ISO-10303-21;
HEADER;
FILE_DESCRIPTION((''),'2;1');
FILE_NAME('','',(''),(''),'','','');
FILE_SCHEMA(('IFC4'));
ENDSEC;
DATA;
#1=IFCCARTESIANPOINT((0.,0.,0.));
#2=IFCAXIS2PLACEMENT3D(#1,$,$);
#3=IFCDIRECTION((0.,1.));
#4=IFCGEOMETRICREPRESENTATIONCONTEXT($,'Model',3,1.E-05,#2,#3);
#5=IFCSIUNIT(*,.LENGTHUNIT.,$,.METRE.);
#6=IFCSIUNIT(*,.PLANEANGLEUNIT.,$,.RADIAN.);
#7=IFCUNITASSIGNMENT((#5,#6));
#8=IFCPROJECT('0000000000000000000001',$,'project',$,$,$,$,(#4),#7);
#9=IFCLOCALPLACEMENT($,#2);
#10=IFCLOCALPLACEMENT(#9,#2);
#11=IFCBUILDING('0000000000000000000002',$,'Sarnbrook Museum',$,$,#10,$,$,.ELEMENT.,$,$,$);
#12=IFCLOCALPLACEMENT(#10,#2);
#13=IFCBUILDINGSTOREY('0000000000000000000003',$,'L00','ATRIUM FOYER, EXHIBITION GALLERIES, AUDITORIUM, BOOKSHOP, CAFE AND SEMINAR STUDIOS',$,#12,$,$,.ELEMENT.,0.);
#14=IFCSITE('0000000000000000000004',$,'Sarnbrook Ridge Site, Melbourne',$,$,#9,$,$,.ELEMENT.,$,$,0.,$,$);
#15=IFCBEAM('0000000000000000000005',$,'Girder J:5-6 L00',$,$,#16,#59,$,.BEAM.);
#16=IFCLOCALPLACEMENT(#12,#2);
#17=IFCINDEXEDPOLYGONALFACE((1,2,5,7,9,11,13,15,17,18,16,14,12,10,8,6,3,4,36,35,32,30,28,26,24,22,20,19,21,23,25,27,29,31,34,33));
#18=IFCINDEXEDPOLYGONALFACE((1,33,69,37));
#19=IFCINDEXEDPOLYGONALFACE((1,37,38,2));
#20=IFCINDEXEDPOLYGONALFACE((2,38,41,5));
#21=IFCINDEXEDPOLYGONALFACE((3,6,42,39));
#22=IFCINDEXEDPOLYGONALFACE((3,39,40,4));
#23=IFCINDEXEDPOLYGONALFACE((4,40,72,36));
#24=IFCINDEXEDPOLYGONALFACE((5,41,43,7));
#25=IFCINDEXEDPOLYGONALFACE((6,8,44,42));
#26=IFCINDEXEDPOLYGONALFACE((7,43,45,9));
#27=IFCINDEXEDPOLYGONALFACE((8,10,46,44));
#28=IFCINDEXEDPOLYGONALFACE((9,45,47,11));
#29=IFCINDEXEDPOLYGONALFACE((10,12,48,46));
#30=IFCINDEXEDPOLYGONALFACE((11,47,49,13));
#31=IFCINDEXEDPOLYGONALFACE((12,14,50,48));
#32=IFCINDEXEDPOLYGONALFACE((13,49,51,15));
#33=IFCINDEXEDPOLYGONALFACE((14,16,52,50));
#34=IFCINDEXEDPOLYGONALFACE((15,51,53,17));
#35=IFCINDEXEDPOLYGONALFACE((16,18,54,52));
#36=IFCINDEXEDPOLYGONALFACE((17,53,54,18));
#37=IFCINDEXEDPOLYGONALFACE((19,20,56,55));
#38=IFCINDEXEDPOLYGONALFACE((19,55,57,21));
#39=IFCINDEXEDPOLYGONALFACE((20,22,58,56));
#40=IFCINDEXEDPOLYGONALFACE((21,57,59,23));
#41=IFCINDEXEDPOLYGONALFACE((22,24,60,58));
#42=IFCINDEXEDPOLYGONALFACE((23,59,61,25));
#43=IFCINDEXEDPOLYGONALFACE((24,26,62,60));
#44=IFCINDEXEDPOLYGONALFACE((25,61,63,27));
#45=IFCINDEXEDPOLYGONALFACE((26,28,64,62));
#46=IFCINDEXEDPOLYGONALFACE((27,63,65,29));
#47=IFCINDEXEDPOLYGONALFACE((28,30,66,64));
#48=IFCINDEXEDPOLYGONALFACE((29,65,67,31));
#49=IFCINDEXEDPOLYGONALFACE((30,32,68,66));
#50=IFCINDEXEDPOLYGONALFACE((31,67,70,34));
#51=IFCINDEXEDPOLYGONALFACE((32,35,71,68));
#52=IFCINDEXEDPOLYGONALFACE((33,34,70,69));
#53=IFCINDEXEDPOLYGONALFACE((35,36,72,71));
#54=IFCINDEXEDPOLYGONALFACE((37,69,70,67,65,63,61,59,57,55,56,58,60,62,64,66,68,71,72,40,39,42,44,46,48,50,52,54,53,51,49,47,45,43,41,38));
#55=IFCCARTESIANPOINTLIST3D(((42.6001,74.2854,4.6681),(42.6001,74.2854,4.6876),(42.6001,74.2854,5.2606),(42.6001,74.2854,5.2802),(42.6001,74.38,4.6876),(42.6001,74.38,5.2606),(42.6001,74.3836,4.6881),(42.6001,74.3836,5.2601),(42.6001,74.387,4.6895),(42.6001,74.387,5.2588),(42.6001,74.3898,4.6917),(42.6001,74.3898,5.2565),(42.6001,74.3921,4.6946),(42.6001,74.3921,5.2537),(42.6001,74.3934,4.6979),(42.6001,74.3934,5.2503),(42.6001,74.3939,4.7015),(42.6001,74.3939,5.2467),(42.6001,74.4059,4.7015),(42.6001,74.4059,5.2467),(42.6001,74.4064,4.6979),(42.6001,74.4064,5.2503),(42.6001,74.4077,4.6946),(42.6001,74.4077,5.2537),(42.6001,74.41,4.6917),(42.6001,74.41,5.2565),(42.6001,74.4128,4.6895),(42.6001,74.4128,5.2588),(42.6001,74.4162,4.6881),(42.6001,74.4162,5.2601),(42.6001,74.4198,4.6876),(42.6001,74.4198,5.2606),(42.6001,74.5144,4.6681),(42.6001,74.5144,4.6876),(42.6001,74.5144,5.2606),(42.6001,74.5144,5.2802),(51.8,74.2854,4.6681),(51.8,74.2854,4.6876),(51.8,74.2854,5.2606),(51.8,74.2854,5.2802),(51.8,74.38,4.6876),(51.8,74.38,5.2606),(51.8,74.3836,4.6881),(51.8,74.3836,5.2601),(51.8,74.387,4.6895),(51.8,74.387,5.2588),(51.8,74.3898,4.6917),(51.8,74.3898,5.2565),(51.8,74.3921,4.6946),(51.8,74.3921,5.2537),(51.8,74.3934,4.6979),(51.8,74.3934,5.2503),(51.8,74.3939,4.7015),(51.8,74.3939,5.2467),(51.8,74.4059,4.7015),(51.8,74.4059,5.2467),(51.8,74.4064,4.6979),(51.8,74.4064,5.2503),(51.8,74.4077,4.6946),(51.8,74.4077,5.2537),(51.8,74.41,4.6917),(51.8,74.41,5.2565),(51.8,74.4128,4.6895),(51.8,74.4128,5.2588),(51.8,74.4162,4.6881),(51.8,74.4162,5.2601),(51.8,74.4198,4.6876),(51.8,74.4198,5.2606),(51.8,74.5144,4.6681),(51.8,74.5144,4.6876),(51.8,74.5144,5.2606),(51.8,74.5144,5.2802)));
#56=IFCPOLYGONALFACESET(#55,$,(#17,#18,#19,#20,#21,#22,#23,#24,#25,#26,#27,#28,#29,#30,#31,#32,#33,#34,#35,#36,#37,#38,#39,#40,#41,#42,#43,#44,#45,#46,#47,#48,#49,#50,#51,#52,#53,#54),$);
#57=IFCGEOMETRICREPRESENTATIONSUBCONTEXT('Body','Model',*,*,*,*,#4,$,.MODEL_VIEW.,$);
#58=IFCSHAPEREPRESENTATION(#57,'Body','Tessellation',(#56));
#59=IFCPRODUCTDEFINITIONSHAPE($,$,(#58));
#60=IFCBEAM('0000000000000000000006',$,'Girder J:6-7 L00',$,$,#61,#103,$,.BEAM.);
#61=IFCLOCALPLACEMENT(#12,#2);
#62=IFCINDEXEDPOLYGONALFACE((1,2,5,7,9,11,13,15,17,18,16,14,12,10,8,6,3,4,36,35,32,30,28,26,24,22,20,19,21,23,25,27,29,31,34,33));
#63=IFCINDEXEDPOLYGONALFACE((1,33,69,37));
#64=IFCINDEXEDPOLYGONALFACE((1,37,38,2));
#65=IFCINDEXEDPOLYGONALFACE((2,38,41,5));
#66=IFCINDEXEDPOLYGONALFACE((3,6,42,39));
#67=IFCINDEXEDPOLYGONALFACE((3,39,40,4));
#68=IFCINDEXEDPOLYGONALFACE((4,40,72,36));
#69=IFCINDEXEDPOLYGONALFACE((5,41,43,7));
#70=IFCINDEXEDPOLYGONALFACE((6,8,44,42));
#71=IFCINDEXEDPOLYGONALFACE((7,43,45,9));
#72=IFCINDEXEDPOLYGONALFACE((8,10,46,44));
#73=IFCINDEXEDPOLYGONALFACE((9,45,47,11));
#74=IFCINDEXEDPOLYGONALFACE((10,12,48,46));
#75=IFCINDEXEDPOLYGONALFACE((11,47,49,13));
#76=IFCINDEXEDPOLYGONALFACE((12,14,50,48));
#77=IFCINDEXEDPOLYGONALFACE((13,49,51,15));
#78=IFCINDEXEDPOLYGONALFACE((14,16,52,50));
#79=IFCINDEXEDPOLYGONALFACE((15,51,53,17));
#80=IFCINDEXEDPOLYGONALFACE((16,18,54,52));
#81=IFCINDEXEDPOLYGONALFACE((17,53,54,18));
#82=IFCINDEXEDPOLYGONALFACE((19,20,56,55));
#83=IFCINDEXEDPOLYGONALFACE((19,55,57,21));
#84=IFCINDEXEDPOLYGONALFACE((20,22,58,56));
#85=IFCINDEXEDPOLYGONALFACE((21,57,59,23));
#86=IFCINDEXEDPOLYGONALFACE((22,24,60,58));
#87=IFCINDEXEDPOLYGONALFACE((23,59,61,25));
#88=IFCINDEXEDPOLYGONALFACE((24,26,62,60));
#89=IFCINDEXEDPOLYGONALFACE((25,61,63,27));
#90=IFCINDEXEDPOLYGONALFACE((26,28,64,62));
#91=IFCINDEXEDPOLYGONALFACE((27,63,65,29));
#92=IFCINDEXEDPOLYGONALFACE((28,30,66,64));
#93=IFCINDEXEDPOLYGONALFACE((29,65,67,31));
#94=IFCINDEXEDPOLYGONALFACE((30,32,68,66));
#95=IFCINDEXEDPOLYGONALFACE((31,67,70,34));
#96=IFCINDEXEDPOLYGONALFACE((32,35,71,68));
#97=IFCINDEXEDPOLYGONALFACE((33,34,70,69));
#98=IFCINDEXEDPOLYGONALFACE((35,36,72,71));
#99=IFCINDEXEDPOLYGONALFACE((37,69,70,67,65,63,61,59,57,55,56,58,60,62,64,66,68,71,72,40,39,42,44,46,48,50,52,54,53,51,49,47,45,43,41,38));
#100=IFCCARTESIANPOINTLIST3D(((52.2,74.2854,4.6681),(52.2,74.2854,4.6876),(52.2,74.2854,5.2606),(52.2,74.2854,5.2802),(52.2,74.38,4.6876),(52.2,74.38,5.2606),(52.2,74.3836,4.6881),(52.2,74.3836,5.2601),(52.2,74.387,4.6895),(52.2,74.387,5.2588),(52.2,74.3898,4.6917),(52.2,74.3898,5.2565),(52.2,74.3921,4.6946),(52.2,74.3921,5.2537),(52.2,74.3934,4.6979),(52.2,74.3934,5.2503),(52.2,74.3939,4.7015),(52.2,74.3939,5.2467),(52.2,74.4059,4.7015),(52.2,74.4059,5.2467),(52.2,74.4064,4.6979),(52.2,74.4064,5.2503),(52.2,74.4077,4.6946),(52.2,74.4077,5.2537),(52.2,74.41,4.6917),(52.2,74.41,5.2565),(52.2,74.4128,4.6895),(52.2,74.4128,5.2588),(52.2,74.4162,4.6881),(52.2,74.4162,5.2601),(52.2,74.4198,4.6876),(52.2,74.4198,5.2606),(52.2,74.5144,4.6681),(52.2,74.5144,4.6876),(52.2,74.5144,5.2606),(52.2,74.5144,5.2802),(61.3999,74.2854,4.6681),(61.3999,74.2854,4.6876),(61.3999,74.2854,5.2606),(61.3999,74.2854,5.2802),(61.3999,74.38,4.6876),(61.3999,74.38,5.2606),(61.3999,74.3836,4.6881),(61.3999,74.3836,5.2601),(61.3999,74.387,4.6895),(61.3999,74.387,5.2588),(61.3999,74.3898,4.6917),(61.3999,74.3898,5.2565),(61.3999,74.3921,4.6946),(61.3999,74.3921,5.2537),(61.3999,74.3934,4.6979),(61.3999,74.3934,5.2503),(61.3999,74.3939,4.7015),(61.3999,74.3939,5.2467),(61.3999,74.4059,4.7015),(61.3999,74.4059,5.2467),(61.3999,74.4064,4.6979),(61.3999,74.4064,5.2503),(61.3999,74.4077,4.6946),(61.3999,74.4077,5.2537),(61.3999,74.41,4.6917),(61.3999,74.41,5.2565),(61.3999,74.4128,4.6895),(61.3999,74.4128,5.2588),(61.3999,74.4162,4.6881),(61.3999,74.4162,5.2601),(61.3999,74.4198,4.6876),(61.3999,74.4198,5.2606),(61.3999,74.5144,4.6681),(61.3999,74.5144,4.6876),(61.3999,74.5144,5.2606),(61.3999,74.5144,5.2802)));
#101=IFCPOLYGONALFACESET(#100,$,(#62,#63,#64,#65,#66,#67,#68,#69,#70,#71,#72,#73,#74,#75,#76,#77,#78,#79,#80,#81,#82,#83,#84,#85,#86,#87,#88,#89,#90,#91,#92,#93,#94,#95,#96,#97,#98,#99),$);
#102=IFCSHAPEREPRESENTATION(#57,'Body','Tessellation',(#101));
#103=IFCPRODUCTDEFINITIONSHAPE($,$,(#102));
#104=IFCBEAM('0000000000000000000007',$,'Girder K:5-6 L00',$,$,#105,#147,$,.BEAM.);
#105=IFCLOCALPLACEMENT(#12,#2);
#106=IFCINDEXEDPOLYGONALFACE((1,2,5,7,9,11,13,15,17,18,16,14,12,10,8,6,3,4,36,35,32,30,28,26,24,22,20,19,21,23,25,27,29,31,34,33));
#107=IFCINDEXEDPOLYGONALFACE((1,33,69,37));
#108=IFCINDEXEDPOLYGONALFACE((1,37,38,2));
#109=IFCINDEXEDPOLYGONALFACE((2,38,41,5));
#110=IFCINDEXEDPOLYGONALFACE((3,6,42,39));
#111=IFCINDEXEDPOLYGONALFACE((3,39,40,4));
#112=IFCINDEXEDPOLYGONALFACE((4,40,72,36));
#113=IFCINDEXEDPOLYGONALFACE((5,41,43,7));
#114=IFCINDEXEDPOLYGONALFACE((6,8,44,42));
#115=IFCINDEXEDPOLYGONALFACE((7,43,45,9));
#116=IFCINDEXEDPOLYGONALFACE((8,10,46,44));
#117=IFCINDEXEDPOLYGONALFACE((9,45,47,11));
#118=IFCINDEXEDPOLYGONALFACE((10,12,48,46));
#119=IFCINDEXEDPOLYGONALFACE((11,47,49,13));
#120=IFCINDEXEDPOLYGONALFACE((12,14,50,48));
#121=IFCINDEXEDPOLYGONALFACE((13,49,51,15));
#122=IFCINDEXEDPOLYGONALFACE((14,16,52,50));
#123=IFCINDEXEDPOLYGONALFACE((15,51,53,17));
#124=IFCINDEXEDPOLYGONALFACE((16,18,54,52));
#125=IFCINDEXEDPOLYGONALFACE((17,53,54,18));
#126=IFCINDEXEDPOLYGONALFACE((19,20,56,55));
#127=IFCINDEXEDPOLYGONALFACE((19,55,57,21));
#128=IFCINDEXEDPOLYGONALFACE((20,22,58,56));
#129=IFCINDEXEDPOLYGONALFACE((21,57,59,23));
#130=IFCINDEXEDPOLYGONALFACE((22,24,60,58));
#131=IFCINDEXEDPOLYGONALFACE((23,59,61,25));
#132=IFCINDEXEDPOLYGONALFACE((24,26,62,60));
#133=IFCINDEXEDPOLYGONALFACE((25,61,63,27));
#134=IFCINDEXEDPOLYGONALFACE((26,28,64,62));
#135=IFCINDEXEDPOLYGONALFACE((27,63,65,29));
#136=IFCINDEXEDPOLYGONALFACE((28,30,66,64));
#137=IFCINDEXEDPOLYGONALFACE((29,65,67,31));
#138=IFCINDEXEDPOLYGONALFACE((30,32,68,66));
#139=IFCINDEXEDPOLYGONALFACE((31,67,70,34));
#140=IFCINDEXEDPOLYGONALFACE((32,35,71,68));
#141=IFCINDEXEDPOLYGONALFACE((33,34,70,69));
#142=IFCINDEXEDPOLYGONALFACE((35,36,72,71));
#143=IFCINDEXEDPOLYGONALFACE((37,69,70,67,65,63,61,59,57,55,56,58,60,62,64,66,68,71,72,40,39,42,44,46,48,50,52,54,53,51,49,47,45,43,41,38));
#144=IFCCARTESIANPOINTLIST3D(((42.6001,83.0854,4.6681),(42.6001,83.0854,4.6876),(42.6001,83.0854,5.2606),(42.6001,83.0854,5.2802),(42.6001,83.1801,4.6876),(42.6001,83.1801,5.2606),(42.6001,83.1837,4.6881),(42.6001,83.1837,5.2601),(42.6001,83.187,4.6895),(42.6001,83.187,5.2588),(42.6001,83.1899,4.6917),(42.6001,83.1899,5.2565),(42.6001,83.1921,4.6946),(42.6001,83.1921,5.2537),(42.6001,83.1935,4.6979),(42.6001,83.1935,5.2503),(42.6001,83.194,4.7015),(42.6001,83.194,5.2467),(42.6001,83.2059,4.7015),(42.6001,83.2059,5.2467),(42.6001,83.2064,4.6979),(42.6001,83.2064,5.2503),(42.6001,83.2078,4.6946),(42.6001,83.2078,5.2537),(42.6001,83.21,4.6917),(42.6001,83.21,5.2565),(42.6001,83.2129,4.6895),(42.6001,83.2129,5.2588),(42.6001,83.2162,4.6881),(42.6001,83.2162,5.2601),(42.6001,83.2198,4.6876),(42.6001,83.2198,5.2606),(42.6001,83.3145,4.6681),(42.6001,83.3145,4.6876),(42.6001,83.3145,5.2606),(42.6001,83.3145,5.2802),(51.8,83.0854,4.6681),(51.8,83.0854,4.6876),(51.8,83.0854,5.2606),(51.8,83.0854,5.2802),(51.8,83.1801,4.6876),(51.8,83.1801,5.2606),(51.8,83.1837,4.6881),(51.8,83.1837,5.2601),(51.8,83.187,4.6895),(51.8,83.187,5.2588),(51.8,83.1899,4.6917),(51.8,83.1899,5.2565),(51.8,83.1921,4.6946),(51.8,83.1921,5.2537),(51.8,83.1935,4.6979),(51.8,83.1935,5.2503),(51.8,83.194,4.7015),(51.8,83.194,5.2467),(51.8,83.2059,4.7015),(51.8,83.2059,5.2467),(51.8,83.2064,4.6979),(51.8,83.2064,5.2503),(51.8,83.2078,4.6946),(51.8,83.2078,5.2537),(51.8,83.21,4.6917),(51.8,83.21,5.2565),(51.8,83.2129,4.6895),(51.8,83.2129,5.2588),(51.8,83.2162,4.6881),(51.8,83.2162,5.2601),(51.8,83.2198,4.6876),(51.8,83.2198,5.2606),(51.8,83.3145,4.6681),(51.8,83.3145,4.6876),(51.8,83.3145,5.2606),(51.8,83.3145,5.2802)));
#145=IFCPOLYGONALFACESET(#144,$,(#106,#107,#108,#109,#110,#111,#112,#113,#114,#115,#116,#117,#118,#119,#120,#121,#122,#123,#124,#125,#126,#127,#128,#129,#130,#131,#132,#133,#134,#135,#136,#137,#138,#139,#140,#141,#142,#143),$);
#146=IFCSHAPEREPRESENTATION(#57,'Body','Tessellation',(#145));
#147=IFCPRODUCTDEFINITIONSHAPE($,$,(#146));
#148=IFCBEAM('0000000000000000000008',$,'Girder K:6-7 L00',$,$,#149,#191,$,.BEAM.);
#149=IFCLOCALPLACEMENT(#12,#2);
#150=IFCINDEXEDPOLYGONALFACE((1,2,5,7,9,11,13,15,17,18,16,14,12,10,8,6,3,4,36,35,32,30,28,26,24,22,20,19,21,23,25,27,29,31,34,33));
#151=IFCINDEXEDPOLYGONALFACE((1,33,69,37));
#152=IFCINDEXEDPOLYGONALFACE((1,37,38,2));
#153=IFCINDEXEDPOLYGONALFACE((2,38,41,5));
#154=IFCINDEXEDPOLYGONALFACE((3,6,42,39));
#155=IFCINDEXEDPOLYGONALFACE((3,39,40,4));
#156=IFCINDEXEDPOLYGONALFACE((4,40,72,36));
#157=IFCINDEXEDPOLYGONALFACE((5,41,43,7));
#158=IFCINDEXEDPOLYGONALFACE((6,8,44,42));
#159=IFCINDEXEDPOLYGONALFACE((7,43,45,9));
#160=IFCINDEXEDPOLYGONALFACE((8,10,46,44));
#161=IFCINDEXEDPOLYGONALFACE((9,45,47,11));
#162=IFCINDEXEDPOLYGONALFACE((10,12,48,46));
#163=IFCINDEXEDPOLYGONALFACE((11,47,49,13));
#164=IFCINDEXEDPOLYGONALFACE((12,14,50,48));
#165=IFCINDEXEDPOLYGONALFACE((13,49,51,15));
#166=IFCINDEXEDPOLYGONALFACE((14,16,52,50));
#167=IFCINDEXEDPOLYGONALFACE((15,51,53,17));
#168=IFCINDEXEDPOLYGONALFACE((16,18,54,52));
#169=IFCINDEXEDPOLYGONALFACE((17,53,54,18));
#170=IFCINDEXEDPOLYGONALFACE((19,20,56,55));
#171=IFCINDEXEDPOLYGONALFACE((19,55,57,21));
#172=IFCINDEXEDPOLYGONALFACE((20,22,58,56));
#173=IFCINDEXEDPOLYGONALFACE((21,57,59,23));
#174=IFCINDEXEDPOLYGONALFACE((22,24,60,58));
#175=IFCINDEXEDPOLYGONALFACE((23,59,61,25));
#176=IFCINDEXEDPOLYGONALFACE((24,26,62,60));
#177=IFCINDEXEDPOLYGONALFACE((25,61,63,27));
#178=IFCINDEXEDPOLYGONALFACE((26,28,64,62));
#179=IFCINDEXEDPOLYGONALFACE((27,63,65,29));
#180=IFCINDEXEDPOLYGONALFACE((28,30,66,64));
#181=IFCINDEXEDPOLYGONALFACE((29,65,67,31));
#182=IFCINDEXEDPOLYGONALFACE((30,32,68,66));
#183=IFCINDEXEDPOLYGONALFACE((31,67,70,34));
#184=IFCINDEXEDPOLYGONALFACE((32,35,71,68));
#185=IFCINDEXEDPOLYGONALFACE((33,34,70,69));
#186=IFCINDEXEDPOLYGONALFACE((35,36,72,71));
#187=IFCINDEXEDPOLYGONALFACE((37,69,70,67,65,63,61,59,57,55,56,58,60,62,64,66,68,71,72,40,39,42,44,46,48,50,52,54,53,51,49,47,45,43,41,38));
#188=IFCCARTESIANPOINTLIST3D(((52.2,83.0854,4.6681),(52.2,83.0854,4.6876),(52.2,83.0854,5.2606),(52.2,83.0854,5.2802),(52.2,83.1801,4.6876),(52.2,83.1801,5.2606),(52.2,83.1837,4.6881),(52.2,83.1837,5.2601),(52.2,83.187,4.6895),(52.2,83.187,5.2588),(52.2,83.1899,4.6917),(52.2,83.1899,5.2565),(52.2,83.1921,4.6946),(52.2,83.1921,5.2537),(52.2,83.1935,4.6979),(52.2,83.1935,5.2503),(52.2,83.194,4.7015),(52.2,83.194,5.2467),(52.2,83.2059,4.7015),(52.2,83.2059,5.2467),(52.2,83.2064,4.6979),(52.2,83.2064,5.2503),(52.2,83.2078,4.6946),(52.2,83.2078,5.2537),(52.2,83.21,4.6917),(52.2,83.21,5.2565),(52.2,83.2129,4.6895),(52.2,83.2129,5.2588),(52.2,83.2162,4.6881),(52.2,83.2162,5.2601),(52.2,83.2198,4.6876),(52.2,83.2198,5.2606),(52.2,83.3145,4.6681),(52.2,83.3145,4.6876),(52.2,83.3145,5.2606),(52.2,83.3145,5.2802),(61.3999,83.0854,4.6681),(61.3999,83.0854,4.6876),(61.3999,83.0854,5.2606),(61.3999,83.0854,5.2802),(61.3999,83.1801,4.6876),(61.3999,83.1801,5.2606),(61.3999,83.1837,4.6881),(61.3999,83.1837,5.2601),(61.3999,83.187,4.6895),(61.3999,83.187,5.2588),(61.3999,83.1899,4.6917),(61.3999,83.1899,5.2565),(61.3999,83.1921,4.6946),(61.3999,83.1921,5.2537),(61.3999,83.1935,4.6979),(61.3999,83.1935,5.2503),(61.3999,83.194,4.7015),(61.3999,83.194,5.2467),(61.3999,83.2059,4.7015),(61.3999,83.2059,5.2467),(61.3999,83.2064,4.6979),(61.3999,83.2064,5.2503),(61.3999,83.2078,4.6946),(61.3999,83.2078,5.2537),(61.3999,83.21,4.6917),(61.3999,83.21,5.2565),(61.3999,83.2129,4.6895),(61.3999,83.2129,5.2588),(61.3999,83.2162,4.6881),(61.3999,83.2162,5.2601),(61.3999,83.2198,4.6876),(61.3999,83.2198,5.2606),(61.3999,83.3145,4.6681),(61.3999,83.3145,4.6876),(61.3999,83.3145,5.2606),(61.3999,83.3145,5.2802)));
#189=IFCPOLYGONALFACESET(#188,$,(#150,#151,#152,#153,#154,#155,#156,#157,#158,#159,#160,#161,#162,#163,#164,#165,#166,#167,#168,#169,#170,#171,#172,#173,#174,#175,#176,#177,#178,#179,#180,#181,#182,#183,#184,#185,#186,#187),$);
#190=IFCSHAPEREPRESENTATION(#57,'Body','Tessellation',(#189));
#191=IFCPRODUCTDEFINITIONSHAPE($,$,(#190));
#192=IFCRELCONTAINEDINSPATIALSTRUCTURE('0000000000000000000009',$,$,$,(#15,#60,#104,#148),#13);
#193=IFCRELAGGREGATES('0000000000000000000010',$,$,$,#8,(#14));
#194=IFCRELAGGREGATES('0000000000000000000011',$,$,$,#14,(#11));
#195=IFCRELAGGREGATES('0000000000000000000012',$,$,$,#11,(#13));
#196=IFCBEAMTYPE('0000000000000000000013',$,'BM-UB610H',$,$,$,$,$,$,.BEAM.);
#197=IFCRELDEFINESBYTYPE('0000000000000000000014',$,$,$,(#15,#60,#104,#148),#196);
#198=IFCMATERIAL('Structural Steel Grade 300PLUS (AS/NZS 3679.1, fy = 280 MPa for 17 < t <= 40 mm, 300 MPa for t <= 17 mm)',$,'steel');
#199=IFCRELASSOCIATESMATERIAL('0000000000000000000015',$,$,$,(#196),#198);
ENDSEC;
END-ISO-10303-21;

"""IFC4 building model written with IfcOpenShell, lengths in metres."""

from ifc_helpers import new_model, si_unit, direction, frame, origin, origin_2d, place, context, subcontext, project, spatial, i_section, extrude, material, material_profile, profile_set, type_object, element, save


model = new_model("IFC4")

# Units and contexts
model_context = context("Model", 3, precision=1e-05, world=origin(), true_north=direction((0.0, 1.0)))
body_context = subcontext(model_context, "Body", "Model", "MODEL_VIEW")
ifc_project = project(units=[si_unit("LENGTHUNIT", "METRE"), si_unit("PLANEANGLEUNIT", "RADIAN")], contexts=[model_context])

# Site, building, storey
site_placement = place(None, origin())
site = spatial("IfcSite", under=ifc_project, at=site_placement, Name="Sarnbrook Ridge Site, Melbourne", CompositionType="ELEMENT", RefElevation=0.0)
building_placement = place(site_placement, origin())
building = spatial("IfcBuilding", under=site, at=building_placement, Name="Sarnbrook Museum", CompositionType="ELEMENT")
storey_placement = place(building_placement, origin())
storey = spatial("IfcBuildingStorey", under=building, at=storey_placement, Name="L00", Description="ATRIUM FOYER, EXHIBITION GALLERIES, AUDITORIUM, BOOKSHOP, CAFE AND SEMINAR STUDIOS", CompositionType="ELEMENT", Elevation=0.0)

# Beams
ifc_material_1 = material(Name="Structural Steel Grade 300PLUS (AS/NZS 3679.1, fy = 280 MPa for 17 < t <= 40 mm, 300 MPa for t <= 17 mm)", Category="steel")
ifc_material_profile_1 = material_profile(ifc_material_1, i_section(OverallWidth=0.229, OverallDepth=0.6121, WebThickness=0.012, FlangeThickness=0.0195, FilletRadius=0.0139, at=origin_2d()), Name="610UB125")
ifc_profile_set_1 = profile_set([ifc_material_profile_1], Name="Structural Steel Grade 300PLUS (AS/NZS 3679.1, fy = 280 MPa for 17 < t <= 40 mm, 300 MPa for t <= 17 mm)")
beam_type_1 = type_object("IfcBeamType", Name="BM-UB610H", PredefinedType="BEAM", material=ifc_profile_set_1)
for number, where, z_axis, x_axis, name in (
    (1, (42.6001, 74.3999, 4.9741), (1.0, 0.0, 0.0), (0.0, 1.0, 0.0), "Girder J:5-6 L00"),
    (2, (52.2, 74.3999, 4.9741), (1.0, 0.0, 0.0), (0.0, 1.0, 0.0), "Girder J:6-7 L00"),
    (3, (42.6001, 83.2, 4.9741), (1.0, 0.0, 0.0), (0.0, 1.0, 0.0), "Girder K:5-6 L00"),
    (4, (52.2, 83.2, 4.9741), (1.0, 0.0, 0.0), (0.0, 1.0, 0.0), "Girder K:6-7 L00"),
):
    element("IfcBeam", number, at=place(storey_placement, frame(where, z_axis=z_axis, x_axis=x_axis)), inside=storey, type_object=beam_type_1, Name=name, PredefinedType="BEAM", context=body_context, shape_type="SweptSolid", body=[
        extrude(i_section(OverallWidth=0.229, OverallDepth=0.6121, WebThickness=0.012, FlangeThickness=0.0195, FilletRadius=0.0139, at=origin_2d()), origin(), (0.0, 0.0, 1.0), 9.2),
    ])

save(model, "model.ifc")
